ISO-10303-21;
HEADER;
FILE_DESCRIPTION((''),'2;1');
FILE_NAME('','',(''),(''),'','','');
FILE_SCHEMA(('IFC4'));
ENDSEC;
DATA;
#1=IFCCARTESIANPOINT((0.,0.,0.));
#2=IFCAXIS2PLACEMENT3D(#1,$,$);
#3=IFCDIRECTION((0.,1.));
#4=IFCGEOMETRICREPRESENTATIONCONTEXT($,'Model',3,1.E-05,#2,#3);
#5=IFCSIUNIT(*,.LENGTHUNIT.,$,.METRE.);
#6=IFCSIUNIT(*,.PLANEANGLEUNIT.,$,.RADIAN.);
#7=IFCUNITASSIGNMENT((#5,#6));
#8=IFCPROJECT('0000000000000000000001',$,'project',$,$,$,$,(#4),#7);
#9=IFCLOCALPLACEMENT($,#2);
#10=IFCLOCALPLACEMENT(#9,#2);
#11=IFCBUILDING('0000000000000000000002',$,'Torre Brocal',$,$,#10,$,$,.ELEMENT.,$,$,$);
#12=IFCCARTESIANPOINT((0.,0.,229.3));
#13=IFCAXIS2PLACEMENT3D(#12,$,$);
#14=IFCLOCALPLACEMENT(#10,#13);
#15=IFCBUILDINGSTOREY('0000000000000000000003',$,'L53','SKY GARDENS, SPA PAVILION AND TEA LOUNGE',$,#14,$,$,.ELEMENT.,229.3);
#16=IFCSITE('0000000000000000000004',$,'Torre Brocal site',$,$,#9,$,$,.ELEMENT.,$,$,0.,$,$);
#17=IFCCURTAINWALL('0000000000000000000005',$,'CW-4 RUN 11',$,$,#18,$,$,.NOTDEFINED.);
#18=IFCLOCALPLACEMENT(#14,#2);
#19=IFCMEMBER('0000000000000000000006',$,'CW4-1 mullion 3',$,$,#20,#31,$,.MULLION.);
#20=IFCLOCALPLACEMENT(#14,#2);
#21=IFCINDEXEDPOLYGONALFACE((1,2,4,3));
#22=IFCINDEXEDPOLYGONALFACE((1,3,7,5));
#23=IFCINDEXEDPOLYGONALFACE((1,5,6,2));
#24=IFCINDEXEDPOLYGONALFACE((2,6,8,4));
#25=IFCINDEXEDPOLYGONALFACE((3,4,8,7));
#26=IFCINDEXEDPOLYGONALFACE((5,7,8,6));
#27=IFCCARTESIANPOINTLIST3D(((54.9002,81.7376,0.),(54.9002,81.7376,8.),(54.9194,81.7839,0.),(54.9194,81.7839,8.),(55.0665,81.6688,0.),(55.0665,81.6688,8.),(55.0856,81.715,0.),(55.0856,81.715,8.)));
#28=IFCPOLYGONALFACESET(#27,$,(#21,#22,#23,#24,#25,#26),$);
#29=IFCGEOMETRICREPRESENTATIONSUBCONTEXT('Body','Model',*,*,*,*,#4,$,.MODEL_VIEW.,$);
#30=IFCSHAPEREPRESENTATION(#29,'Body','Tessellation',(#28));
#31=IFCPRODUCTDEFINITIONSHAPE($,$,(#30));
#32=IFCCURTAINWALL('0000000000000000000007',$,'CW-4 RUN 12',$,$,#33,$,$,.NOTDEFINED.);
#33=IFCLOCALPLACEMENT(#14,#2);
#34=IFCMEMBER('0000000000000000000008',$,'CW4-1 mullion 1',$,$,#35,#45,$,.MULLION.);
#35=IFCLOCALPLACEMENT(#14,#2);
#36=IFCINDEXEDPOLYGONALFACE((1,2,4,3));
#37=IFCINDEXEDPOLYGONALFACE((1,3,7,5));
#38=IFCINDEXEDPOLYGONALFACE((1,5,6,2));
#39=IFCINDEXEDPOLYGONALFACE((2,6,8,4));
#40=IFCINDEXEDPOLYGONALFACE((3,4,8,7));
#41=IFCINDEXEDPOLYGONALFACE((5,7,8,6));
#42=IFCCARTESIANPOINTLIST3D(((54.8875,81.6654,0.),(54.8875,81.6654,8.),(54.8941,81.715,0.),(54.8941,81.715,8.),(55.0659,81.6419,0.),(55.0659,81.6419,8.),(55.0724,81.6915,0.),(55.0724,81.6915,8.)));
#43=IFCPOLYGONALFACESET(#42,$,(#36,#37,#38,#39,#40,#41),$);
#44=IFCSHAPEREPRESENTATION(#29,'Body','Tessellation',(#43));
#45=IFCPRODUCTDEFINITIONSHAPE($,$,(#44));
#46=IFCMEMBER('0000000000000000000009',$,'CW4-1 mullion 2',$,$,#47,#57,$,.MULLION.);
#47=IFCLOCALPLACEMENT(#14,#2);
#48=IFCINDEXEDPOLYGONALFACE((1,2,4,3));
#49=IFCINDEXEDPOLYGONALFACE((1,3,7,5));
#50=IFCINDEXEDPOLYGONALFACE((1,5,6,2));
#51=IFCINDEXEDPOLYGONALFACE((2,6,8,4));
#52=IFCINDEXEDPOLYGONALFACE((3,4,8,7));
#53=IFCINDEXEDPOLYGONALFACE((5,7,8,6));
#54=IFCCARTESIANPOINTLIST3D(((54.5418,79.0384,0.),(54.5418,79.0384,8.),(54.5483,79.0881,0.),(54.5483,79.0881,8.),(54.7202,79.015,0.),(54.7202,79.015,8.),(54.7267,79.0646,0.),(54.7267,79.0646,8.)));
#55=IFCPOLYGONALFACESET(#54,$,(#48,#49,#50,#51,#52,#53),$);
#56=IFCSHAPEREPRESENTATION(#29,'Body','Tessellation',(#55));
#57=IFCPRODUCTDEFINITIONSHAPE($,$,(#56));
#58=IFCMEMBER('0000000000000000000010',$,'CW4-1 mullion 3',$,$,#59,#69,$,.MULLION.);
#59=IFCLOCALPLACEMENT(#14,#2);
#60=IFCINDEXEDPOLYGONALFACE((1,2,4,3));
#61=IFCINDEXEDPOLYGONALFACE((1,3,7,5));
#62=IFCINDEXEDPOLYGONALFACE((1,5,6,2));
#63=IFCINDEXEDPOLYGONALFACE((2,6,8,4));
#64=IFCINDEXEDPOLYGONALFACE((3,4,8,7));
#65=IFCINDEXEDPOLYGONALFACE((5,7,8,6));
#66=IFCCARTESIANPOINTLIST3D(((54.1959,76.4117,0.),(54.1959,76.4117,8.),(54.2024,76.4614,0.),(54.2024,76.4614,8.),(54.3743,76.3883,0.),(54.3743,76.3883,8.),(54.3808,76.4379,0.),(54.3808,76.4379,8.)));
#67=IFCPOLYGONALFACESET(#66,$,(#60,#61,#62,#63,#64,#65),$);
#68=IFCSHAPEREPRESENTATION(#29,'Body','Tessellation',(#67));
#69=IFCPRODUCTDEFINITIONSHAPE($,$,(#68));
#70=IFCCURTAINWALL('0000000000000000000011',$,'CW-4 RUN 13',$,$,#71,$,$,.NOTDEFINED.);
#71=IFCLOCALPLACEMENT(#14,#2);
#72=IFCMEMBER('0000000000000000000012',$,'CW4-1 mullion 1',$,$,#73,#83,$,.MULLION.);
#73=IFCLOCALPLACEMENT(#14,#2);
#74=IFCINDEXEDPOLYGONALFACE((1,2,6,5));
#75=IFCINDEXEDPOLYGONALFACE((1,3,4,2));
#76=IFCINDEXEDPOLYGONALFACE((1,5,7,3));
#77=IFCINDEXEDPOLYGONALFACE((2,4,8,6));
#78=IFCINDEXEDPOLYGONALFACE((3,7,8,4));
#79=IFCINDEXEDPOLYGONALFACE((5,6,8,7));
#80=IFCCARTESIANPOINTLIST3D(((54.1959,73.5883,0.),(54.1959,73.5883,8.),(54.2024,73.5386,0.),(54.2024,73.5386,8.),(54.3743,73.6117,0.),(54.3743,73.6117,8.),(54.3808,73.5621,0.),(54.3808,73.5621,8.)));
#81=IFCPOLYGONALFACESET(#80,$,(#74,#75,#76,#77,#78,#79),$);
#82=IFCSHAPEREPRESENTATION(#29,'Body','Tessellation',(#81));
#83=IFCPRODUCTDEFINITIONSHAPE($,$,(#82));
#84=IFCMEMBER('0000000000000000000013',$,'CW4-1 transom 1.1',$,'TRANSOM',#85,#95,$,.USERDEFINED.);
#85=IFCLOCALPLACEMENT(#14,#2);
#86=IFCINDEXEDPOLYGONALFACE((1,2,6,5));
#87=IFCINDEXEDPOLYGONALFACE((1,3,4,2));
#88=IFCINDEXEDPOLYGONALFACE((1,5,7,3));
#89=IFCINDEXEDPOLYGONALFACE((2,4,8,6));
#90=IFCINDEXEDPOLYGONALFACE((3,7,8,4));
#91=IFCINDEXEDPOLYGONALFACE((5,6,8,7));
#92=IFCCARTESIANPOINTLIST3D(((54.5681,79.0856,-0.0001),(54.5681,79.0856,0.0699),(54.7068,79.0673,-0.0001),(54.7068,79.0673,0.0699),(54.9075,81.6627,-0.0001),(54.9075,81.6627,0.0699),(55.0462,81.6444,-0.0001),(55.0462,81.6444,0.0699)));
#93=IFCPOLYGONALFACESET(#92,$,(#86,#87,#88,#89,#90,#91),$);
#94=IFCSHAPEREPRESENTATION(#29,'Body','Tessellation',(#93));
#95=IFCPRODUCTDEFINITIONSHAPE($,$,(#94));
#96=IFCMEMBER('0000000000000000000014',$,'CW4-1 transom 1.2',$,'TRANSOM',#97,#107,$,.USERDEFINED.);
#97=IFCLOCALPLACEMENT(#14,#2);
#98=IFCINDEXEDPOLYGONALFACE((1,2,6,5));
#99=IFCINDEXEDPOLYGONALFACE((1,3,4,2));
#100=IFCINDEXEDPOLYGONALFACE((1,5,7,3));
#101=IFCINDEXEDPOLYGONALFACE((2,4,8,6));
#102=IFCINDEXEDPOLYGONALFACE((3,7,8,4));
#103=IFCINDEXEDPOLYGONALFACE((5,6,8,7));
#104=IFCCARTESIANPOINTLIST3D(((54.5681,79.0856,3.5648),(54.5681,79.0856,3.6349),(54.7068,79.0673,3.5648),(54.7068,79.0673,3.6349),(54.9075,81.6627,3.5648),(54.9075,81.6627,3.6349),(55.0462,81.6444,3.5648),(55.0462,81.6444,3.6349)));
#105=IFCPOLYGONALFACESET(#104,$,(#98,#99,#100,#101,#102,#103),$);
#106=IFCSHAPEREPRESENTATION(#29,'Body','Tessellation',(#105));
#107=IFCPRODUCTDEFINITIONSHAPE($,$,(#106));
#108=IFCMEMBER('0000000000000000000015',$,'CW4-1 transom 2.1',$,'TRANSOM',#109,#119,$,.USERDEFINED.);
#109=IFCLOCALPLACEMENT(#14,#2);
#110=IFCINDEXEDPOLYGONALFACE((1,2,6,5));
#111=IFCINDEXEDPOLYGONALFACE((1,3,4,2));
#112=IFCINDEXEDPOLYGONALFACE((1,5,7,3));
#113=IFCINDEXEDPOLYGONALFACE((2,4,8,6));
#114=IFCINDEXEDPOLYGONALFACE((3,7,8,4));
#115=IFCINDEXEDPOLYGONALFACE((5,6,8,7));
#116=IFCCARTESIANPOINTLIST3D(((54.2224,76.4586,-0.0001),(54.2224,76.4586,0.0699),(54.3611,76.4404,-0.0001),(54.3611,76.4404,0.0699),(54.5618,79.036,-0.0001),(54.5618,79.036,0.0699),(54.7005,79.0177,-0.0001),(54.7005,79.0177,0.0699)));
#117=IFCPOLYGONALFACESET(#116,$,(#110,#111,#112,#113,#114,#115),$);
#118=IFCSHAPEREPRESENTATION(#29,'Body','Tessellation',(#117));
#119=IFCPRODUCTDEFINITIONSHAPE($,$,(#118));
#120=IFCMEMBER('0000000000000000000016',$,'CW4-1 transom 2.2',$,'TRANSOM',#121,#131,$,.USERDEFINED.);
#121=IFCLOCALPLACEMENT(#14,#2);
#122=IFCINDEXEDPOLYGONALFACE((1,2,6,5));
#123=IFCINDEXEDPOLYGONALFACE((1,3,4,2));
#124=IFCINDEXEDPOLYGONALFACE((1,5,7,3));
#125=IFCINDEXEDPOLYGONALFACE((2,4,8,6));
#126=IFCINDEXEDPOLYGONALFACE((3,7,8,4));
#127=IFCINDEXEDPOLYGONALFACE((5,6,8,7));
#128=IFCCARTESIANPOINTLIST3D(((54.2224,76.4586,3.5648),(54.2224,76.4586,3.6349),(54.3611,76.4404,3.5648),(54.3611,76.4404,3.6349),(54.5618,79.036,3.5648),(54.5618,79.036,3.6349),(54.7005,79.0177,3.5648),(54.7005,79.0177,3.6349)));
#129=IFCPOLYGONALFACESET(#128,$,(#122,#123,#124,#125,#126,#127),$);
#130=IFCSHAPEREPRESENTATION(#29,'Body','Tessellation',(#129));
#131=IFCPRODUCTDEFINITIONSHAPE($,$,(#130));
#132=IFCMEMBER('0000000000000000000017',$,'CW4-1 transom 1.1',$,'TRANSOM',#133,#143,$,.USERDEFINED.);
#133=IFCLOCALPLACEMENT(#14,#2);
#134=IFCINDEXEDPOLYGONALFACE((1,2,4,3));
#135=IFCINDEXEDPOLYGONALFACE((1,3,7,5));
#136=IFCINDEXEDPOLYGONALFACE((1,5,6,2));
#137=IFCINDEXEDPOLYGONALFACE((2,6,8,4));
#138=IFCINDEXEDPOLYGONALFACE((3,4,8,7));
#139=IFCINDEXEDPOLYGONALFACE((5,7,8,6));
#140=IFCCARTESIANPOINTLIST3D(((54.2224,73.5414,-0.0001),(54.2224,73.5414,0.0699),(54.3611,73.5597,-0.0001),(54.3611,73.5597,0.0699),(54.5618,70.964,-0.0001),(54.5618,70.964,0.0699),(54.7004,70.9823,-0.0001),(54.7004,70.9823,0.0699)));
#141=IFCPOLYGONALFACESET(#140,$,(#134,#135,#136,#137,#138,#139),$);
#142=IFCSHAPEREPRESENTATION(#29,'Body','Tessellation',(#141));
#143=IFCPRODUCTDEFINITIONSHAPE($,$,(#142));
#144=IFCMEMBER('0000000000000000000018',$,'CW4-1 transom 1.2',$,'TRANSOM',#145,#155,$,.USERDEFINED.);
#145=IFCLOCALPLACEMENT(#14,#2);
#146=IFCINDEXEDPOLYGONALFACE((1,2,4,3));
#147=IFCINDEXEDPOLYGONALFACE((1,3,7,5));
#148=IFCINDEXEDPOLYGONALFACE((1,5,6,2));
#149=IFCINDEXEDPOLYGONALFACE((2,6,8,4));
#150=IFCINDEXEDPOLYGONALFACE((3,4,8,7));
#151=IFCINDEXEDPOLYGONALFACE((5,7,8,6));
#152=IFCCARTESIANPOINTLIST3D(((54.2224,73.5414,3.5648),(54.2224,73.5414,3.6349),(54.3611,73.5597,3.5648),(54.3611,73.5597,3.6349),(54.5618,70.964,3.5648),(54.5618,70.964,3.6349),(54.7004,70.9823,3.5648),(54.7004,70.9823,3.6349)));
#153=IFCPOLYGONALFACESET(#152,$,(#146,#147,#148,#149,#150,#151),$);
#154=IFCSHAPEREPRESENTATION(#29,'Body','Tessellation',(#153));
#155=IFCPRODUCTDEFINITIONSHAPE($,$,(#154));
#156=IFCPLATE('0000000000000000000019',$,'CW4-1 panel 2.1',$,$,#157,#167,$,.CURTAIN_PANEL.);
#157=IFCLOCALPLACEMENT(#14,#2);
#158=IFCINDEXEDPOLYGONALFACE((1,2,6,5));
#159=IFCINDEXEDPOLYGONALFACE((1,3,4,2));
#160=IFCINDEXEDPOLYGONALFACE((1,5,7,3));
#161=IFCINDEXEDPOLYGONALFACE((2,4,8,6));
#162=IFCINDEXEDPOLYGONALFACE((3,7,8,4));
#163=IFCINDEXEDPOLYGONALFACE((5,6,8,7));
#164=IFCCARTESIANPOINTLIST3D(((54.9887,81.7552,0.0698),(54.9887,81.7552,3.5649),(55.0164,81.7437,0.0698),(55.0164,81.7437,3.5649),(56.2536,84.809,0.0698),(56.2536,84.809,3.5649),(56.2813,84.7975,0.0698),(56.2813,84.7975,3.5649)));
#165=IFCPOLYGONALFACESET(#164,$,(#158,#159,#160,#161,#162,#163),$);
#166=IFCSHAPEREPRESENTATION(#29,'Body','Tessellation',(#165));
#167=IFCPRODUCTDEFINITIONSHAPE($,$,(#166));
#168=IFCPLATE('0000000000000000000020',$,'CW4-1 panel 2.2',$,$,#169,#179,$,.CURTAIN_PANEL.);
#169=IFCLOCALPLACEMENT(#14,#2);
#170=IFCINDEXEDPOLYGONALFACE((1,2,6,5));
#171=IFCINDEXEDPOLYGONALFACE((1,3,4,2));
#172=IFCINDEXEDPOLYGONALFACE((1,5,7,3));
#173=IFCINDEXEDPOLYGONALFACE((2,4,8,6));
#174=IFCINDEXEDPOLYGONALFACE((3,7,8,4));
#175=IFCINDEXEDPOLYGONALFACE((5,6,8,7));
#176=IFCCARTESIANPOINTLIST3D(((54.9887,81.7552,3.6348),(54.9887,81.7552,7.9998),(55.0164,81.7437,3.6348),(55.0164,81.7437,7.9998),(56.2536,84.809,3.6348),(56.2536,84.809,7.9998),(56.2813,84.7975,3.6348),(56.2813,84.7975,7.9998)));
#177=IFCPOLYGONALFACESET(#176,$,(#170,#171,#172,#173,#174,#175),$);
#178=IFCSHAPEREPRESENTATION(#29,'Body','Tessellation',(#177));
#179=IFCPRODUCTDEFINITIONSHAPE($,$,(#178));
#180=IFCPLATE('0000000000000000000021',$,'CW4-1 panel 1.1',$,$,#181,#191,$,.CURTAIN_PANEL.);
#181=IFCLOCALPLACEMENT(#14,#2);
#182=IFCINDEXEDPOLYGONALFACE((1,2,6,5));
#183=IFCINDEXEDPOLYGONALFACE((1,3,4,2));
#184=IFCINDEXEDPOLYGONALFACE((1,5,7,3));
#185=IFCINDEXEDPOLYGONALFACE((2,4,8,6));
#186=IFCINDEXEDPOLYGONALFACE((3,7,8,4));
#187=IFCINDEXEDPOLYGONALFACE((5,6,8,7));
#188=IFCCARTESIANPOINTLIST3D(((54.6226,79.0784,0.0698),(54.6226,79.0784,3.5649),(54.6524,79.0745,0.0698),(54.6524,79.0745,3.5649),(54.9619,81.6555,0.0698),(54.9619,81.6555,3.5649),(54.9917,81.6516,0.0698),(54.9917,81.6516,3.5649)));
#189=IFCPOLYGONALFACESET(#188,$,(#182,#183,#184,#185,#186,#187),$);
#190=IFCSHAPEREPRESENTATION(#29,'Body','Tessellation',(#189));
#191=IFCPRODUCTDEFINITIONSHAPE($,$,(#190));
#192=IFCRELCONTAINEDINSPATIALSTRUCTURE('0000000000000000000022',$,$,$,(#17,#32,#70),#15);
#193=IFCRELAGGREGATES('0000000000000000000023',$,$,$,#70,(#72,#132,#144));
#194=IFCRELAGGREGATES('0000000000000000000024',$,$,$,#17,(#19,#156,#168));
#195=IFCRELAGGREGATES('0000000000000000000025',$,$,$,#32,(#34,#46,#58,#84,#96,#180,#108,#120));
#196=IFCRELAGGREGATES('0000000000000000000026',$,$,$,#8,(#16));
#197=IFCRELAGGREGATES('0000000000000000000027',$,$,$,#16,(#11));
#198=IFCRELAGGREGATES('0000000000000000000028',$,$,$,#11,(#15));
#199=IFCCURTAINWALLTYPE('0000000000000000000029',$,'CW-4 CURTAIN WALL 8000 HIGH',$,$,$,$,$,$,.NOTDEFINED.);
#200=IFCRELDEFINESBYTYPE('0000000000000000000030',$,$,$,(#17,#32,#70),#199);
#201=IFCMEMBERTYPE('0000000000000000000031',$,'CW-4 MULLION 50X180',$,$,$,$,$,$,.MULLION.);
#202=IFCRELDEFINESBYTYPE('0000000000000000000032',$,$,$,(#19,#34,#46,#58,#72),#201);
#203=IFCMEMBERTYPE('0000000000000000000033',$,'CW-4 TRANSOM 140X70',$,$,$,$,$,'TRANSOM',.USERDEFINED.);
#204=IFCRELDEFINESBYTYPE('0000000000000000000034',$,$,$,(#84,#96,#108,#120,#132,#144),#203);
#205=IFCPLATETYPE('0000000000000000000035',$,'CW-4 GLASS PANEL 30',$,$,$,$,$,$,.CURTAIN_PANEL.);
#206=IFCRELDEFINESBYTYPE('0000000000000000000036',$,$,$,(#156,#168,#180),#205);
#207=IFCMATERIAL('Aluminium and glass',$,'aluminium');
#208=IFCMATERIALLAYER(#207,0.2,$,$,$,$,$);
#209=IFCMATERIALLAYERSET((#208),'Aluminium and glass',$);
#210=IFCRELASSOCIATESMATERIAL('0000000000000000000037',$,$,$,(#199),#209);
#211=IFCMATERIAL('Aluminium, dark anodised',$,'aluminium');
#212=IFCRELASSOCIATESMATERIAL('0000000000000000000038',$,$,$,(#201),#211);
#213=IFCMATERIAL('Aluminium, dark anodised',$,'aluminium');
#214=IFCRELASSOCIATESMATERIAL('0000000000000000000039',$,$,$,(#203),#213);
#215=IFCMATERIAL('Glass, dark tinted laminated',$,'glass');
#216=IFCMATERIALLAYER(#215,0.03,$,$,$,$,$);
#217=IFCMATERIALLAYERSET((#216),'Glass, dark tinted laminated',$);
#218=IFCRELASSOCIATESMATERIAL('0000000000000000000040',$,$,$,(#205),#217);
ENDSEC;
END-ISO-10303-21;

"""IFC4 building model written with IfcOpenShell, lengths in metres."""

from ifc_helpers import new_model, si_unit, direction, frame, origin, origin_2d, place, context, subcontext, project, spatial, rectangle, extrude, material, layer, layer_set, material_profile, profile_set, type_object, element, aggregate, save


model = new_model("IFC4")

# Units and contexts
model_context = context("Model", 3, precision=1e-05, world=origin(), true_north=direction((0.0, 1.0)))
body_context = subcontext(model_context, "Body", "Model", "MODEL_VIEW")
ifc_project = project(units=[si_unit("LENGTHUNIT", "METRE"), si_unit("PLANEANGLEUNIT", "RADIAN")], contexts=[model_context])

# Site, building, storey
site_placement = place(None, origin())
site = spatial("IfcSite", under=ifc_project, at=site_placement, Name="Torre Brocal site", CompositionType="ELEMENT", RefElevation=0.0)
building_placement = place(site_placement, origin())
building = spatial("IfcBuilding", under=site, at=building_placement, Name="Torre Brocal", CompositionType="ELEMENT")
storey_placement = place(building_placement, frame((0.0, 0.0, 229.3)))
storey = spatial("IfcBuildingStorey", under=building, at=storey_placement, Name="L53", Description="SKY GARDENS, SPA PAVILION AND TEA LOUNGE", CompositionType="ELEMENT", Elevation=229.3)

# Curtain wall, member
ifc_material_1 = material(Name="Aluminium and glass", Category="aluminium")
ifc_layer_1 = layer(ifc_material_1, 0.2)
ifc_layer_set_1 = layer_set([ifc_layer_1], Name="Aluminium and glass")
curtain_wall_type = type_object("IfcCurtainWallType", Name="CW-4 CURTAIN WALL 8000 HIGH", PredefinedType="NOTDEFINED", material=ifc_layer_set_1)
curtain_wall_1_placement = place(storey_placement, origin())
curtain_wall_1 = element("IfcCurtainWall", 1, at=curtain_wall_1_placement, inside=storey, type_object=curtain_wall_type, Name="CW-4 RUN 11", PredefinedType="NOTDEFINED")
ifc_material_2 = material(Name="Aluminium, dark anodised", Category="aluminium")
ifc_material_profile_1 = material_profile(ifc_material_2, rectangle(XDim=0.1799, YDim=0.05, at=origin_2d()), Name="CW-4 MULLION 50X180")
ifc_profile_set_1 = profile_set([ifc_material_profile_1], Name="Aluminium, dark anodised")
member_type_1 = type_object("IfcMemberType", Name="CW-4 MULLION 50X180", PredefinedType="MULLION", material=ifc_profile_set_1)
member_1_placement = place(storey_placement, frame((54.9929, 81.7263, 0.0), z_axis=(0.0, 0.0, 1.0), x_axis=(0.92388, -0.382683, 0.0)))
member_1 = element("IfcMember", 2, at=member_1_placement, type_object=member_type_1, Name="CW4-1 mullion 3", PredefinedType="MULLION", context=body_context, shape_type="SweptSolid", body=[
    extrude(rectangle(XDim=0.1799, YDim=0.05, at=origin_2d()), origin(), (0.0, 0.0, 1.0), 8.0),
])

# Curtain wall, members
curtain_wall_2_placement = place(storey_placement, origin())
curtain_wall_2 = element("IfcCurtainWall", 3, at=curtain_wall_2_placement, inside=storey, type_object=curtain_wall_type, Name="CW-4 RUN 12", PredefinedType="NOTDEFINED")
member_2_placement = place(storey_placement, frame((54.98, 81.6785, 0.0), z_axis=(0.0, 0.0, 1.0), x_axis=(0.991445, -0.130526, 0.0)))
member_2 = element("IfcMember", 4, at=member_2_placement, type_object=member_type_1, Name="CW4-1 mullion 1", PredefinedType="MULLION", context=body_context, shape_type="SweptSolid", body=[
    extrude(rectangle(XDim=0.1799, YDim=0.05, at=origin_2d()), origin(), (0.0, 0.0, 1.0), 8.0),
])
member_3_placement = place(storey_placement, frame((54.6343, 79.0515, 0.0), z_axis=(0.0, 0.0, 1.0), x_axis=(0.991445, -0.130526, 0.0)))
member_3 = element("IfcMember", 5, at=member_3_placement, type_object=member_type_1, Name="CW4-1 mullion 2", PredefinedType="MULLION", context=body_context, shape_type="SweptSolid", body=[
    extrude(rectangle(XDim=0.1799, YDim=0.05, at=origin_2d()), origin(), (0.0, 0.0, 1.0), 8.0),
])
member_4_placement = place(storey_placement, frame((54.2883, 76.4248, 0.0), z_axis=(0.0, 0.0, 1.0), x_axis=(0.991445, -0.130526, 0.0)))
member_4 = element("IfcMember", 6, at=member_4_placement, type_object=member_type_1, Name="CW4-1 mullion 3", PredefinedType="MULLION", context=body_context, shape_type="SweptSolid", body=[
    extrude(rectangle(XDim=0.1799, YDim=0.05, at=origin_2d()), origin(), (0.0, 0.0, 1.0), 8.0),
])

# Curtain wall, member
curtain_wall_3_placement = place(storey_placement, origin())
curtain_wall_3 = element("IfcCurtainWall", 7, at=curtain_wall_3_placement, inside=storey, type_object=curtain_wall_type, Name="CW-4 RUN 13", PredefinedType="NOTDEFINED")
member_5_placement = place(storey_placement, frame((54.2883, 73.5752, 0.0), z_axis=(0.0, 0.0, 1.0), x_axis=(0.991445, 0.130526, 0.0)))
member_5 = element("IfcMember", 8, at=member_5_placement, type_object=member_type_1, Name="CW4-1 mullion 1", PredefinedType="MULLION", context=body_context, shape_type="SweptSolid", body=[
    extrude(rectangle(XDim=0.1799, YDim=0.05, at=origin_2d()), origin(), (0.0, 0.0, 1.0), 8.0),
])

# Members
ifc_material_3 = material(Name="Aluminium, dark anodised", Category="aluminium")
ifc_material_profile_2 = material_profile(ifc_material_3, rectangle(XDim=0.1399, YDim=0.0701, at=origin_2d()), Name="CW-4 TRANSOM 140X70")
ifc_profile_set_2 = profile_set([ifc_material_profile_2], Name="Aluminium, dark anodised")
member_type_2 = type_object("IfcMemberType", Name="CW-4 TRANSOM 140X70", ElementType="TRANSOM", PredefinedType="USERDEFINED", material=ifc_profile_set_2)
member_6_placement = place(storey_placement, frame((54.9768, 81.6536, 0.0349), z_axis=(-0.130552, -0.991442, 0.0), x_axis=(0.991442, -0.130552, 0.0)))
member_6 = element("IfcMember", 9, at=member_6_placement, type_object=member_type_2, Name="CW4-1 transom 1.1", ObjectType="TRANSOM", PredefinedType="USERDEFINED", context=body_context, shape_type="SweptSolid", body=[
    extrude(rectangle(XDim=0.1399, YDim=0.0701, at=origin_2d()), origin(), (0.0, 0.0, 1.0), 2.5994),
])
member_7_placement = place(storey_placement, frame((54.9768, 81.6536, 3.5999), z_axis=(-0.130552, -0.991442, 0.0), x_axis=(0.991442, -0.130552, 0.0)))
member_7 = element("IfcMember", 10, at=member_7_placement, type_object=member_type_2, Name="CW4-1 transom 1.2", ObjectType="TRANSOM", PredefinedType="USERDEFINED", context=body_context, shape_type="SweptSolid", body=[
    extrude(rectangle(XDim=0.1399, YDim=0.0701, at=origin_2d()), origin(), (0.0, 0.0, 1.0), 2.5994),
])
member_8_placement = place(storey_placement, frame((54.6311, 79.0269, 0.0349), z_axis=(-0.13054, -0.991443, 0.0), x_axis=(0.991443, -0.13054, 0.0)))
member_8 = element("IfcMember", 11, at=member_8_placement, type_object=member_type_2, Name="CW4-1 transom 2.1", ObjectType="TRANSOM", PredefinedType="USERDEFINED", context=body_context, shape_type="SweptSolid", body=[
    extrude(rectangle(XDim=0.1399, YDim=0.0701, at=origin_2d()), origin(), (0.0, 0.0, 1.0), 2.5996),
])
member_9_placement = place(storey_placement, frame((54.6311, 79.0269, 3.5999), z_axis=(-0.13054, -0.991443, 0.0), x_axis=(0.991443, -0.13054, 0.0)))
member_9 = element("IfcMember", 12, at=member_9_placement, type_object=member_type_2, Name="CW4-1 transom 2.2", ObjectType="TRANSOM", PredefinedType="USERDEFINED", context=body_context, shape_type="SweptSolid", body=[
    extrude(rectangle(XDim=0.1399, YDim=0.0701, at=origin_2d()), origin(), (0.0, 0.0, 1.0), 2.5996),
])
member_10_placement = place(storey_placement, frame((54.2917, 73.5505, 0.0349), z_axis=(0.13054, -0.991443, 0.0), x_axis=(0.991443, 0.13054, 0.0)))
member_10 = element("IfcMember", 13, at=member_10_placement, type_object=member_type_2, Name="CW4-1 transom 1.1", ObjectType="TRANSOM", PredefinedType="USERDEFINED", context=body_context, shape_type="SweptSolid", body=[
    extrude(rectangle(XDim=0.1399, YDim=0.0701, at=origin_2d()), origin(), (0.0, 0.0, 1.0), 2.5996),
])
member_11_placement = place(storey_placement, frame((54.2917, 73.5505, 3.5999), z_axis=(0.13054, -0.991443, 0.0), x_axis=(0.991443, 0.13054, 0.0)))
member_11 = element("IfcMember", 14, at=member_11_placement, type_object=member_type_2, Name="CW4-1 transom 1.2", ObjectType="TRANSOM", PredefinedType="USERDEFINED", context=body_context, shape_type="SweptSolid", body=[
    extrude(rectangle(XDim=0.1399, YDim=0.0701, at=origin_2d()), origin(), (0.0, 0.0, 1.0), 2.5996),
])
aggregate(curtain_wall_3, [member_5, member_10, member_11])

# Plates
ifc_material_4 = material(Name="Glass, dark tinted laminated", Category="glass")
ifc_layer_2 = layer(ifc_material_4, 0.03)
ifc_layer_set_2 = layer_set([ifc_layer_2], Name="Glass, dark tinted laminated")
plate_type = type_object("IfcPlateType", Name="CW-4 GLASS PANEL 30", PredefinedType="CURTAIN_PANEL", material=ifc_layer_set_2)
plate_1_placement = place(storey_placement, frame((55.635, 83.2764, 0.0698), z_axis=(0.0, 0.0, 1.0), x_axis=(-0.382683, -0.92388, 0.0)))
plate_1 = element("IfcPlate", 15, at=plate_1_placement, type_object=plate_type, Name="CW4-1 panel 2.1", PredefinedType="CURTAIN_PANEL", context=body_context, shape_type="SweptSolid", body=[
    extrude(rectangle(XDim=3.3054, YDim=0.03, at=origin_2d()), origin(), (0.0, 0.0, 1.0), 3.4951),
])
plate_2_placement = place(storey_placement, frame((55.635, 83.2764, 3.6348), z_axis=(0.0, 0.0, 1.0), x_axis=(-0.382683, -0.92388, 0.0)))
plate_2 = element("IfcPlate", 16, at=plate_2_placement, type_object=plate_type, Name="CW4-1 panel 2.2", PredefinedType="CURTAIN_PANEL", context=body_context, shape_type="SweptSolid", body=[
    extrude(rectangle(XDim=3.3054, YDim=0.03, at=origin_2d()), origin(), (0.0, 0.0, 1.0), 4.365),
])
aggregate(curtain_wall_1, [member_1, plate_1, plate_2])
plate_3_placement = place(storey_placement, frame((54.8071, 80.365, 0.0698), z_axis=(0.0, 0.0, 1.0), x_axis=(-0.130526, -0.991445, 0.0)))
plate_3 = element("IfcPlate", 17, at=plate_3_placement, type_object=plate_type, Name="CW4-1 panel 1.1", PredefinedType="CURTAIN_PANEL", context=body_context, shape_type="SweptSolid", body=[
    extrude(rectangle(XDim=2.5994, YDim=0.03, at=origin_2d()), origin(), (0.0, 0.0, 1.0), 3.4951),
])
aggregate(curtain_wall_2, [member_2, member_3, member_4, member_6, member_7, plate_3, member_8, member_9])

save(model, "model.ifc")
